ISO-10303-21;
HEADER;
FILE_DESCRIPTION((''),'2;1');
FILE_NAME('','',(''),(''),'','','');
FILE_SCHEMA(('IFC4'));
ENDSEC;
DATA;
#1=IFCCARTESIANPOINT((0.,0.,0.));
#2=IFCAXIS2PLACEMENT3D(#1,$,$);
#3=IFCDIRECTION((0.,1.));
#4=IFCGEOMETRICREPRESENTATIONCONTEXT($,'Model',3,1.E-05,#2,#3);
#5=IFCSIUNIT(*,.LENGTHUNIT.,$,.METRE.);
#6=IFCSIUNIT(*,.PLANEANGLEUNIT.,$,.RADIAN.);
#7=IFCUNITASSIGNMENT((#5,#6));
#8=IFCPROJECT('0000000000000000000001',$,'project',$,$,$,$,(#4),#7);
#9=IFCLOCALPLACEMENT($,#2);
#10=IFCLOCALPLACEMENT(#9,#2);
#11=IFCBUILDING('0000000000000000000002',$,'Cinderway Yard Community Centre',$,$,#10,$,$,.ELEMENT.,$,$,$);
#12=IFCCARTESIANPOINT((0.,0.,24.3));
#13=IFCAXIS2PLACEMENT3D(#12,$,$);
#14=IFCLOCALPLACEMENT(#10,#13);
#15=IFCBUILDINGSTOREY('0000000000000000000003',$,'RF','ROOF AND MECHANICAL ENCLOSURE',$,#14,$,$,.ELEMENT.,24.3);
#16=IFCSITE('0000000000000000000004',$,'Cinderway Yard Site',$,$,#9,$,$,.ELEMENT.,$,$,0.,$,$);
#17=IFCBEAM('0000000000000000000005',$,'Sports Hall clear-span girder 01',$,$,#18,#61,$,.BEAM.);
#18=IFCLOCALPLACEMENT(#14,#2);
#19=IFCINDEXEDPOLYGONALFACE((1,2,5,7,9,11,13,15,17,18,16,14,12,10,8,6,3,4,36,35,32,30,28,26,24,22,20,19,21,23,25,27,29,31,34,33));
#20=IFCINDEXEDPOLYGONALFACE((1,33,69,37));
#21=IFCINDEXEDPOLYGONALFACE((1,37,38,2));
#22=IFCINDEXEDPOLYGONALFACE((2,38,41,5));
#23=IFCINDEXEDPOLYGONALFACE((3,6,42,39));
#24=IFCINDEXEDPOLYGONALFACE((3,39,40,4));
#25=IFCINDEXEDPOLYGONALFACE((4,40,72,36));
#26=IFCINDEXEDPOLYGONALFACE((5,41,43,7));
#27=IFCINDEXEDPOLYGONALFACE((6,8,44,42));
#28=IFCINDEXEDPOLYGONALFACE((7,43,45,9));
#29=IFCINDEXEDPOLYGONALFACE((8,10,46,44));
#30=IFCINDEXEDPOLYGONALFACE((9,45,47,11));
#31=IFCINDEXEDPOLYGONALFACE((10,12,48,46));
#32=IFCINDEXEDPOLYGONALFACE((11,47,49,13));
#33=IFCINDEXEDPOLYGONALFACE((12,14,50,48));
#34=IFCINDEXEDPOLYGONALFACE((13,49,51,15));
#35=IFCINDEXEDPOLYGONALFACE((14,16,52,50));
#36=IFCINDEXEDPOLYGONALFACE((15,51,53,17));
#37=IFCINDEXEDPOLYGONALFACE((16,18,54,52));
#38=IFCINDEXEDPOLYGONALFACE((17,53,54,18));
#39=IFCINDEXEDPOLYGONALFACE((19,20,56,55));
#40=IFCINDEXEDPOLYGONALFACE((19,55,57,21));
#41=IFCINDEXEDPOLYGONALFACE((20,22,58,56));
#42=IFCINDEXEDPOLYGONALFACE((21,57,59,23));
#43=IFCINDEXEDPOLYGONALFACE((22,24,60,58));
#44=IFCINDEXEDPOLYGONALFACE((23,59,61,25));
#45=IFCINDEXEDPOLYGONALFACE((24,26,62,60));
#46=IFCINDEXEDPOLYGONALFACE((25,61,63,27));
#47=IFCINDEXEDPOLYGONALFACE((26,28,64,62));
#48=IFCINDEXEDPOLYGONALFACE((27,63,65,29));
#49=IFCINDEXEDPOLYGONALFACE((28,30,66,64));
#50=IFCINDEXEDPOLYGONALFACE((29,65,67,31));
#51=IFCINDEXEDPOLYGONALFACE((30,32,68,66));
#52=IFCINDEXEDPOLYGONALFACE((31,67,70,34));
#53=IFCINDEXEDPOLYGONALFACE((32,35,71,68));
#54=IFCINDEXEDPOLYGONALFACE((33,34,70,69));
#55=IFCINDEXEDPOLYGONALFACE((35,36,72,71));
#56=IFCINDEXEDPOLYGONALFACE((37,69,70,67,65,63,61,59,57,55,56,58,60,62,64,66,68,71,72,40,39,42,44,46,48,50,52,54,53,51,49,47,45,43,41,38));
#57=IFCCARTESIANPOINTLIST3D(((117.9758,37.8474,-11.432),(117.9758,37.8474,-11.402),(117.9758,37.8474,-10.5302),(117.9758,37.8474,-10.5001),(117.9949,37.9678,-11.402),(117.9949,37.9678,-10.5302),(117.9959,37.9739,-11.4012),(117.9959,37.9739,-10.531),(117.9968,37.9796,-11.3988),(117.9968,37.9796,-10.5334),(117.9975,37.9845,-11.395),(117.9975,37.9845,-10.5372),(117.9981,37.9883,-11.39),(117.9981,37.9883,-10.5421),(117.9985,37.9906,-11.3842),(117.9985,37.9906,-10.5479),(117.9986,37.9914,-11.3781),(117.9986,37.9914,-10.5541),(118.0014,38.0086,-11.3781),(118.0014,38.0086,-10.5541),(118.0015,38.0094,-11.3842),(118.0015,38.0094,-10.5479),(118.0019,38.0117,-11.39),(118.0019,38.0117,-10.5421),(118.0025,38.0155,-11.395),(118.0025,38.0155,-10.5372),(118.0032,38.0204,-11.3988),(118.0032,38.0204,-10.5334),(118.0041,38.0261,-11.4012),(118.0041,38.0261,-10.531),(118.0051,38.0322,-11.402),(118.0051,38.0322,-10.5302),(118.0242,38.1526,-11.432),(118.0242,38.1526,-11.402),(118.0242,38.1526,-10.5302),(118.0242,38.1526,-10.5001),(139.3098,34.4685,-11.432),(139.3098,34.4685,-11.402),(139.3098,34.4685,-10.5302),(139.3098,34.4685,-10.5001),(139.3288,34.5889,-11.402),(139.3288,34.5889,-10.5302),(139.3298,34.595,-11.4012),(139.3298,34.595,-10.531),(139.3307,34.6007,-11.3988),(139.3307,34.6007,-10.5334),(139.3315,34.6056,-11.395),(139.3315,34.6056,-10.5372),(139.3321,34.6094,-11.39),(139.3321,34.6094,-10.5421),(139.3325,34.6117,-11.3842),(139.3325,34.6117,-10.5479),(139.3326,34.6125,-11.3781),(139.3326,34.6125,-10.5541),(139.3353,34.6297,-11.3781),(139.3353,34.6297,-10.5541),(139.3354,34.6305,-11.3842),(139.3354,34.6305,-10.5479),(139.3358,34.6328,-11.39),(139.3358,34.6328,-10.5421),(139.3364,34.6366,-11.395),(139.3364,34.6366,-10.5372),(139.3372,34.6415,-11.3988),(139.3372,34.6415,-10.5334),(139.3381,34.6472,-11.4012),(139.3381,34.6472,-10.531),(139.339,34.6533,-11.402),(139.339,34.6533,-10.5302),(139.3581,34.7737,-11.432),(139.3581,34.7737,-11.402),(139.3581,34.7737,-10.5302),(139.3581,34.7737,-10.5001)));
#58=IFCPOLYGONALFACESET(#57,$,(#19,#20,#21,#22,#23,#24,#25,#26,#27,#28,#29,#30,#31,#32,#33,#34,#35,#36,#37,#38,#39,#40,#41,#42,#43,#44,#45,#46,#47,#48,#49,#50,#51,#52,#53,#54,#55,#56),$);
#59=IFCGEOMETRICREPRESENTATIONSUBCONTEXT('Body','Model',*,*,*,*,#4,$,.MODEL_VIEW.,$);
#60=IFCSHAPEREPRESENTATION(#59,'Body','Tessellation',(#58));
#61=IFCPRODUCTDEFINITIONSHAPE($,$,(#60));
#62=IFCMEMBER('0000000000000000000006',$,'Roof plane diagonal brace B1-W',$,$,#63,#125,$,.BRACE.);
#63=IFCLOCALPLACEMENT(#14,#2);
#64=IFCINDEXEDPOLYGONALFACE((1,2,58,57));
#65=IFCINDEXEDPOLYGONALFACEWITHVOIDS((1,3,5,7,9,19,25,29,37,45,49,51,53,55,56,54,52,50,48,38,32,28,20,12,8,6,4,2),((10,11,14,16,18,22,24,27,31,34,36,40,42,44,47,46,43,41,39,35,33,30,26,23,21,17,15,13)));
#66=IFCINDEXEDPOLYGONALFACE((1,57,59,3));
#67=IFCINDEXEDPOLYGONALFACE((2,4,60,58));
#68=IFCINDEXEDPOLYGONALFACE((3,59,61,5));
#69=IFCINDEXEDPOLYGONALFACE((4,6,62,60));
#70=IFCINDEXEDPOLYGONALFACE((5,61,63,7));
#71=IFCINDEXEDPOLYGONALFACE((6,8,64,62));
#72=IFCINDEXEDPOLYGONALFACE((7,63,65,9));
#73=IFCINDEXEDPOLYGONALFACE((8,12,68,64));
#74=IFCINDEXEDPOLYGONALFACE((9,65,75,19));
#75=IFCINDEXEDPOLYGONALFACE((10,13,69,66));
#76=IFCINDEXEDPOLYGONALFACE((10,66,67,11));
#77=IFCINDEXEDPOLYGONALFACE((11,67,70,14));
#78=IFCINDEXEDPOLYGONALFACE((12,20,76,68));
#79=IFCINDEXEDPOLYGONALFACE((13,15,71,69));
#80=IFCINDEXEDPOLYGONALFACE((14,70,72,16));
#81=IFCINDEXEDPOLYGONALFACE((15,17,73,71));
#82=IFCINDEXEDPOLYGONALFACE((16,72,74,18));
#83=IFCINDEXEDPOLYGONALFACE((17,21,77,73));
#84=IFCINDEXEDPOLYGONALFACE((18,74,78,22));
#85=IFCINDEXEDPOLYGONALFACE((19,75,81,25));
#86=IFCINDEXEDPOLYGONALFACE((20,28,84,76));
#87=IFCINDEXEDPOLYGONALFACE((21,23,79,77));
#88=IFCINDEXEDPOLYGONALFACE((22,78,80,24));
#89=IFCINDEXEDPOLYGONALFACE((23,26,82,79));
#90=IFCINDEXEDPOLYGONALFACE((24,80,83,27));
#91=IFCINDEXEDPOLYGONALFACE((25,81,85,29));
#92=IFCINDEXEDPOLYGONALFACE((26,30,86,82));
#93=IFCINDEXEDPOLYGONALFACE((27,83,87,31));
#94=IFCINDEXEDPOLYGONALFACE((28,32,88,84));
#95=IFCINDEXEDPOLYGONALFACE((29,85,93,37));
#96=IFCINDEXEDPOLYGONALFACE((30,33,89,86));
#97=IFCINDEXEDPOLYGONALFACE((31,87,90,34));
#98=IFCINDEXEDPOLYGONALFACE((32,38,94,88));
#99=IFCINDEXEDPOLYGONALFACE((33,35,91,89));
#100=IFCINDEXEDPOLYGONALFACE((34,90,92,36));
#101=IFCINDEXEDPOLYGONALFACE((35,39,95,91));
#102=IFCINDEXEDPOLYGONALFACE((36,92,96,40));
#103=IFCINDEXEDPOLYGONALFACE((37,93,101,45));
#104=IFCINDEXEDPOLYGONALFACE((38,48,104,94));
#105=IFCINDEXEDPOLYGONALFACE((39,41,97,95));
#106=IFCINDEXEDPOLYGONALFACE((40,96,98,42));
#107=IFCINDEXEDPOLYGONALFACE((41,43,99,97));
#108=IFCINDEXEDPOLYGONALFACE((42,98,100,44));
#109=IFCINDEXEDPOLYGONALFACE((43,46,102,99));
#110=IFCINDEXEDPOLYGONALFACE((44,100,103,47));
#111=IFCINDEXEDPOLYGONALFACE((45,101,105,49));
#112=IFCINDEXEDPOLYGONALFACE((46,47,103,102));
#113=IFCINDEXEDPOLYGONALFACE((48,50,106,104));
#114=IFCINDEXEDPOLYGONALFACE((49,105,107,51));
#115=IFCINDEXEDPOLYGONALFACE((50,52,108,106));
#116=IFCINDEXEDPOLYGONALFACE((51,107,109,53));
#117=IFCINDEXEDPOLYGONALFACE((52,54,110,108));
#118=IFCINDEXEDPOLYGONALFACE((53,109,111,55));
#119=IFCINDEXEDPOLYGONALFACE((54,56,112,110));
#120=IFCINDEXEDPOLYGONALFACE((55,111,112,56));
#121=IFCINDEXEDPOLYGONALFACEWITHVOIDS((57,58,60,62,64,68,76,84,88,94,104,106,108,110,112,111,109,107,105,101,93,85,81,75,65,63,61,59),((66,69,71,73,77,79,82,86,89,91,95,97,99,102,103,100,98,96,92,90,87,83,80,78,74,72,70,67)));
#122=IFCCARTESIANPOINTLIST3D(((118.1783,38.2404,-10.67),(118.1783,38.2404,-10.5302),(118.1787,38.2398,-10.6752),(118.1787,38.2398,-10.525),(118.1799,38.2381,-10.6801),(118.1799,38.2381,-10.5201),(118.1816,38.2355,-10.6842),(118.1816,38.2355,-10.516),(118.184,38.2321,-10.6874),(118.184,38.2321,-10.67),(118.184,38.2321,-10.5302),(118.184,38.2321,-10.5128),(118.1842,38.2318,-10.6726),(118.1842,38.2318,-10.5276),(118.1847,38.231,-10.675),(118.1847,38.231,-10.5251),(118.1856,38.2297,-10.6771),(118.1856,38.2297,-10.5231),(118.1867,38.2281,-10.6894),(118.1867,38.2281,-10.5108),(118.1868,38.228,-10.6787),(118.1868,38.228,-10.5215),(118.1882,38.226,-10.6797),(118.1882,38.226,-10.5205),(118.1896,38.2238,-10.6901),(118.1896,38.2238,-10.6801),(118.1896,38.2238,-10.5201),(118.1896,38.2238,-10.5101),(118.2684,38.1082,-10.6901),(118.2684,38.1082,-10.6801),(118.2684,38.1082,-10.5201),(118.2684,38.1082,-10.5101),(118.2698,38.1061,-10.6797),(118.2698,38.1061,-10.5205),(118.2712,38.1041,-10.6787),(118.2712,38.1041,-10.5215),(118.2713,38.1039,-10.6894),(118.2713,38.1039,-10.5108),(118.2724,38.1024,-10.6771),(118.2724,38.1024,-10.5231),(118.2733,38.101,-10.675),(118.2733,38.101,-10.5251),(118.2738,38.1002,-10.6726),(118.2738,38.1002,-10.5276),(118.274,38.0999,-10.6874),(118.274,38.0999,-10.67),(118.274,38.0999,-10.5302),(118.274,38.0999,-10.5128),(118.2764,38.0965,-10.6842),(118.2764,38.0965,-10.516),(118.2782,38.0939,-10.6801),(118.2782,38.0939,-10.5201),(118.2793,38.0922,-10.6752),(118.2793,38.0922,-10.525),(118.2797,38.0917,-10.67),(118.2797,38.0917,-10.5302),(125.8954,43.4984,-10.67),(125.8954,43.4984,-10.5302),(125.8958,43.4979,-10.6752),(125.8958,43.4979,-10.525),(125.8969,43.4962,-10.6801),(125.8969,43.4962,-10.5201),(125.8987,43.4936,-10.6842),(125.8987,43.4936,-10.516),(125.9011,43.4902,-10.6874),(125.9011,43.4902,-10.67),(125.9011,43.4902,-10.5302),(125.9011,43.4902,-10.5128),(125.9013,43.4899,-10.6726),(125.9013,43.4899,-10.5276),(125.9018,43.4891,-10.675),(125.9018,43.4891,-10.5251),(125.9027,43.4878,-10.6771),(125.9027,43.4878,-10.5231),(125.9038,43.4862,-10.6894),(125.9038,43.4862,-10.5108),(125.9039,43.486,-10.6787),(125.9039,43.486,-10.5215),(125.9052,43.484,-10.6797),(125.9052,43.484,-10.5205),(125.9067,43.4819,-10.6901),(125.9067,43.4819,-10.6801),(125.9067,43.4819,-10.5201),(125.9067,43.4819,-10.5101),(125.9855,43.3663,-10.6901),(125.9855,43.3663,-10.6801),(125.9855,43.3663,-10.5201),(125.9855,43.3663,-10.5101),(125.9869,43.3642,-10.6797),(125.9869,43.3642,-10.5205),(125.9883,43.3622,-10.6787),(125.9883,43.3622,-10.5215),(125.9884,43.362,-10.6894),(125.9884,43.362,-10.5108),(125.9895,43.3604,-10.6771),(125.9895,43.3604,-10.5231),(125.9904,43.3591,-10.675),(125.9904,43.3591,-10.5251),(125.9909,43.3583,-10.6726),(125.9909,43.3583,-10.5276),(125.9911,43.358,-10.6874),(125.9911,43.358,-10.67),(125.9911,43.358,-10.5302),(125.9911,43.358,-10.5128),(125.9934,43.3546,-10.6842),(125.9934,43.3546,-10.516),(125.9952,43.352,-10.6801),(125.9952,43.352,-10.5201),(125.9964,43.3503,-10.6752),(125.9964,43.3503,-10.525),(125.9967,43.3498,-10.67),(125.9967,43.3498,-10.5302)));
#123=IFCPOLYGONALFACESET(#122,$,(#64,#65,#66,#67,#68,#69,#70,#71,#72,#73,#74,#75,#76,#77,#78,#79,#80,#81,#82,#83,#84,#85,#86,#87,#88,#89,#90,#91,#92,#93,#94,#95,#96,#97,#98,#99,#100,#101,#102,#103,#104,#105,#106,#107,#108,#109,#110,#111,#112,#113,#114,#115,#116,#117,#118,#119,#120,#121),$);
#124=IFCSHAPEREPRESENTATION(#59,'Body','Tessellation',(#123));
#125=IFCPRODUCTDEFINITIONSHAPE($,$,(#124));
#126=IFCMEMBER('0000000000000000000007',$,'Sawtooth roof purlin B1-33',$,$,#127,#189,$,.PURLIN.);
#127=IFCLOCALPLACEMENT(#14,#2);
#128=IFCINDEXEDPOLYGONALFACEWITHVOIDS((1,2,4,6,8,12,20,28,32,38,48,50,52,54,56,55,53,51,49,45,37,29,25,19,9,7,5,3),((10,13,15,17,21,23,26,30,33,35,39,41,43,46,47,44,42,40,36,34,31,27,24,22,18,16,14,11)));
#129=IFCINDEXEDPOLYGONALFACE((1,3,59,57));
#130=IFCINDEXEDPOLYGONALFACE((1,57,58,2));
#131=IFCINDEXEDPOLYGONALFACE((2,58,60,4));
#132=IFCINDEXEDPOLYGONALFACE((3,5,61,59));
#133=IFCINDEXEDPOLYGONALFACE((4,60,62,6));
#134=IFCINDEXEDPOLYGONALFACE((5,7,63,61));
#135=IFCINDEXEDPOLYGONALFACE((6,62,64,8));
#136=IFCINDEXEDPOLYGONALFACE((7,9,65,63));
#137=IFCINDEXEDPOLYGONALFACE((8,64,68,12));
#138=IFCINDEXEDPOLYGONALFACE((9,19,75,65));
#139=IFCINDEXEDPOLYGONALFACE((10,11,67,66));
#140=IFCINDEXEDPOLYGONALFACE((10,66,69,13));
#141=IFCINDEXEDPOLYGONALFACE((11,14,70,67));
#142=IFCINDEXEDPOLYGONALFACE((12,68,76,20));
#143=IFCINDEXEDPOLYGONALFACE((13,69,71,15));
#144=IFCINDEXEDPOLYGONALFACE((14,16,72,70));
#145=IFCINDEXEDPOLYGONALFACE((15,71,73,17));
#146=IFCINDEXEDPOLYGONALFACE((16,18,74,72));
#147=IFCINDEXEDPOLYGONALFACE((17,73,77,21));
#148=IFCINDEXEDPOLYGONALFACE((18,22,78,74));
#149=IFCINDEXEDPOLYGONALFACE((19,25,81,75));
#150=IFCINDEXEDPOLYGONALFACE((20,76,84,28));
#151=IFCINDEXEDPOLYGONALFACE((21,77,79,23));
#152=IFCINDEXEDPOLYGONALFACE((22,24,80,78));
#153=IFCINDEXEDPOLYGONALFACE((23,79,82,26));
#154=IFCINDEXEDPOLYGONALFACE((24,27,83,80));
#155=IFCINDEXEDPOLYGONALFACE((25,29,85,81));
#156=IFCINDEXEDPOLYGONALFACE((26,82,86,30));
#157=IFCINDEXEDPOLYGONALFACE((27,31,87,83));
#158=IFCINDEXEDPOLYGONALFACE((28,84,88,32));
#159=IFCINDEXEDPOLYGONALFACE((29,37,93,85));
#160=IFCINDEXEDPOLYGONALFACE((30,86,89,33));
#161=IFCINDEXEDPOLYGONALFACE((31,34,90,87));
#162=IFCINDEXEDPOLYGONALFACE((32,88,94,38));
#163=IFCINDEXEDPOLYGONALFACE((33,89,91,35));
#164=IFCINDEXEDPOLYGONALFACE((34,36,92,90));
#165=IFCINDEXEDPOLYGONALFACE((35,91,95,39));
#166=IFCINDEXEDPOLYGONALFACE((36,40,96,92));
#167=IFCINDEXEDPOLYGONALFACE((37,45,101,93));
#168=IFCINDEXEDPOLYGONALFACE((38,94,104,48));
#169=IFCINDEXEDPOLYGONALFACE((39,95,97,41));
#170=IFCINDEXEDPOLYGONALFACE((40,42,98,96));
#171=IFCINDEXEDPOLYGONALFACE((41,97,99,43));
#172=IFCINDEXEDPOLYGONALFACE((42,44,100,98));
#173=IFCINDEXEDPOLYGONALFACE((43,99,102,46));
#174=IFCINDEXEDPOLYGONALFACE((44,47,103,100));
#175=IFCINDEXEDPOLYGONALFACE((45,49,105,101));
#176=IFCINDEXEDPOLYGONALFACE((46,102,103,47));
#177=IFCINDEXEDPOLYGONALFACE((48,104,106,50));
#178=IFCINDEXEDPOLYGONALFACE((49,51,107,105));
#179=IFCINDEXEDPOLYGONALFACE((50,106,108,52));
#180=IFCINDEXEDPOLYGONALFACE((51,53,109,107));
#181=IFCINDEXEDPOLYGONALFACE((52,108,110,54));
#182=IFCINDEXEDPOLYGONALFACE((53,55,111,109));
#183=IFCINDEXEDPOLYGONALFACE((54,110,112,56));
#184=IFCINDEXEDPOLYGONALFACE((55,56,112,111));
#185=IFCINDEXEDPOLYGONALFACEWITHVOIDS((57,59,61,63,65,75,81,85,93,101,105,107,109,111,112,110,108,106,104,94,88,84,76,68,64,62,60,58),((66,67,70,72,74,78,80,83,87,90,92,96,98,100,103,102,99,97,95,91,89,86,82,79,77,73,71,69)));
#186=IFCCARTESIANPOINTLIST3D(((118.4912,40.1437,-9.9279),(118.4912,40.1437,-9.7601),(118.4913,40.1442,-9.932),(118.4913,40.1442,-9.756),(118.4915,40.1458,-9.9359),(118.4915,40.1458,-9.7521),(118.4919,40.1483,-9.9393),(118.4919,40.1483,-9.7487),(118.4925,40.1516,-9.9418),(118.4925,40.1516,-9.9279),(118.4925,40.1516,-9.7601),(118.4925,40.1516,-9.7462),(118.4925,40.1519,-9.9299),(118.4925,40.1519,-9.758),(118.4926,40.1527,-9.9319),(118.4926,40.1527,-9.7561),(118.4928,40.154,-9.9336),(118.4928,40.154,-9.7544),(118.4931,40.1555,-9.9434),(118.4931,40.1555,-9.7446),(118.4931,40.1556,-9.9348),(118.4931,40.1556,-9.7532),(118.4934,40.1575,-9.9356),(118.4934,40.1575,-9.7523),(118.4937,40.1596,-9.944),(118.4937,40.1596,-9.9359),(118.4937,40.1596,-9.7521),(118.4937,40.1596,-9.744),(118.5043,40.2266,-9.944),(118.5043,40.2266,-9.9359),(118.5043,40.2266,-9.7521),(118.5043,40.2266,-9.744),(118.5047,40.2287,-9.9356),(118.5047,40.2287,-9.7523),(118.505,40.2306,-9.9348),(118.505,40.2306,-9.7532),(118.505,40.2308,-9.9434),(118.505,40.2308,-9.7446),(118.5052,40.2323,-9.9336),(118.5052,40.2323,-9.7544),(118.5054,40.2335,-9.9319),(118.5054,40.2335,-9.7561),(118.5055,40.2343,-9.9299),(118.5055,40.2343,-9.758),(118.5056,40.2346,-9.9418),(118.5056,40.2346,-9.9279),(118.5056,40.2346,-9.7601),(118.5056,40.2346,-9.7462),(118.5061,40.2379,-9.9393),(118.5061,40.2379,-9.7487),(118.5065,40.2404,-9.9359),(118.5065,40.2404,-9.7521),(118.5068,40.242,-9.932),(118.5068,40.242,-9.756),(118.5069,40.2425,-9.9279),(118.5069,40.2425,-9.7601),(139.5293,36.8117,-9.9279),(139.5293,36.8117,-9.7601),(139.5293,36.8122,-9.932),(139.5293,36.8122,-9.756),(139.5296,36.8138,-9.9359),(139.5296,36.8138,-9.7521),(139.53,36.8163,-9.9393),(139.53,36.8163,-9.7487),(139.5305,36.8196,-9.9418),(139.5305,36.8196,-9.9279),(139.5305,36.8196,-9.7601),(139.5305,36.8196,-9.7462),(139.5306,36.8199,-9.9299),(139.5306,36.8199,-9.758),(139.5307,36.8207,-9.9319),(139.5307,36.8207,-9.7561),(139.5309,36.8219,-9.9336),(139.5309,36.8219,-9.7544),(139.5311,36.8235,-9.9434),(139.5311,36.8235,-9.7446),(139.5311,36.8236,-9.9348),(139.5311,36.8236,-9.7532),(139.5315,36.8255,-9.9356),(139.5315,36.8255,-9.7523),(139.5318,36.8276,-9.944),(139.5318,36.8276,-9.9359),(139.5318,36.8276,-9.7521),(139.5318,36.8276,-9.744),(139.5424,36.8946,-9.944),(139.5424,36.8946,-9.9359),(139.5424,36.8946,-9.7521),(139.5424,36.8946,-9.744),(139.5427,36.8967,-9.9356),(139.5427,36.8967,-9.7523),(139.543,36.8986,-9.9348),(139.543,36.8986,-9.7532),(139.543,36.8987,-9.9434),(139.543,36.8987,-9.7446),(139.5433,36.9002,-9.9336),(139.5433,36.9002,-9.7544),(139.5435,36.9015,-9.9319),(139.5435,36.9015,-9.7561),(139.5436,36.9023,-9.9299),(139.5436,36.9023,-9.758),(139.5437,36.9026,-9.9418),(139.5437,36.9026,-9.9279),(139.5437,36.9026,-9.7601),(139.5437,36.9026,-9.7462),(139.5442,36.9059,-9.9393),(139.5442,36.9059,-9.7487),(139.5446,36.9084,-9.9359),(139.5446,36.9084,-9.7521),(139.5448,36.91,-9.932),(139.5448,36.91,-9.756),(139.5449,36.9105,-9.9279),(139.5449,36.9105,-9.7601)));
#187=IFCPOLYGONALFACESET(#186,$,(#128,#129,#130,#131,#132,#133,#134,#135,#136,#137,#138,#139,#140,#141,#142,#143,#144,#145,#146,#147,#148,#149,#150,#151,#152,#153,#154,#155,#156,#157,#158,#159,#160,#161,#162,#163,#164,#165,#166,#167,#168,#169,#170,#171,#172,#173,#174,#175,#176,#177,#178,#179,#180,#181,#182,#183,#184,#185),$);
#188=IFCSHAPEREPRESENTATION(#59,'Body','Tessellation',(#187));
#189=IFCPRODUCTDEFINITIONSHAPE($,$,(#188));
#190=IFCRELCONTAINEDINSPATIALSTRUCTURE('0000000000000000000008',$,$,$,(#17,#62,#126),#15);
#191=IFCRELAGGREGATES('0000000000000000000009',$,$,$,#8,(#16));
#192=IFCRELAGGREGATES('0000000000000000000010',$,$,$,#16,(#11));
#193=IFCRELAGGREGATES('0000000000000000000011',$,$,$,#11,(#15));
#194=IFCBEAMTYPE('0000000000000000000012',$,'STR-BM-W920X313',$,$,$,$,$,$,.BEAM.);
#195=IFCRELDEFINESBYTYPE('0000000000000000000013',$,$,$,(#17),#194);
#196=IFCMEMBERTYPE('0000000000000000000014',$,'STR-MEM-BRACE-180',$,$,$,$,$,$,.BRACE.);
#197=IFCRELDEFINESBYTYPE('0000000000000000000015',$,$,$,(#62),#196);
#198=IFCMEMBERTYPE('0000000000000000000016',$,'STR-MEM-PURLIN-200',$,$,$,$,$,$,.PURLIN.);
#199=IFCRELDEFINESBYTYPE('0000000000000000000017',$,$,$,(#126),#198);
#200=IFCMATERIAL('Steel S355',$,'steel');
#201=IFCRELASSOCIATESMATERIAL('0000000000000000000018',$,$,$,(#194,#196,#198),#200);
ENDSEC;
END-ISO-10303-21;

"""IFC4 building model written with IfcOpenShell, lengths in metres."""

from ifc_helpers import new_model, si_unit, direction, frame, origin, origin_2d, place, context, subcontext, project, spatial, hollow_rectangle, i_section, extrude, material, material_profile, profile_set, type_object, element, save


model = new_model("IFC4")

# Units and contexts
model_context = context("Model", 3, precision=1e-05, world=origin(), true_north=direction((0.0, 1.0)))
body_context = subcontext(model_context, "Body", "Model", "MODEL_VIEW")
ifc_project = project(units=[si_unit("LENGTHUNIT", "METRE"), si_unit("PLANEANGLEUNIT", "RADIAN")], contexts=[model_context])

# Site, building, storey
site_placement = place(None, origin())
site = spatial("IfcSite", under=ifc_project, at=site_placement, Name="Cinderway Yard Site", CompositionType="ELEMENT", RefElevation=0.0)
building_placement = place(site_placement, origin())
building = spatial("IfcBuilding", under=site, at=building_placement, Name="Cinderway Yard Community Centre", CompositionType="ELEMENT")
storey_placement = place(building_placement, frame((0.0, 0.0, 24.3)))
storey = spatial("IfcBuildingStorey", under=building, at=storey_placement, Name="RF", Description="ROOF AND MECHANICAL ENCLOSURE", CompositionType="ELEMENT", Elevation=24.3)

# Shared definitions
ifc_material_1 = material(Name="Steel S355", Category="steel")

# Beam
ifc_material_profile_1 = material_profile(ifc_material_1, i_section(OverallWidth=0.3091, OverallDepth=0.9319, WebThickness=0.0173, FlangeThickness=0.03, FilletRadius=0.0239, at=origin_2d()), Name="Steel S355")
ifc_profile_set_1 = profile_set([ifc_material_profile_1], Name="Steel S355")
beam_type_1 = type_object("IfcBeamType", Name="STR-BM-W920X313", PredefinedType="BEAM", material=ifc_profile_set_1)
beam_1_placement = place(storey_placement, frame((118.0, 38.0, -10.9661), z_axis=(0.987689, -0.156432, 0.0), x_axis=(0.156432, 0.987689, 0.0)))
element("IfcBeam", 1, at=beam_1_placement, inside=storey, type_object=beam_type_1, Name="Sports Hall clear-span girder 01", PredefinedType="BEAM", context=body_context, shape_type="SweptSolid", body=[
    extrude(i_section(OverallWidth=0.3091, OverallDepth=0.9319, WebThickness=0.0173, FlangeThickness=0.03, FilletRadius=0.0239, at=origin_2d()), origin(), (0.0, 0.0, 1.0), 21.5999),
])

# Members
ifc_material_profile_2 = material_profile(ifc_material_1, hollow_rectangle(XDim=0.1799, YDim=0.1799, WallThickness=0.01, InnerFilletRadius=0.01, OuterFilletRadius=0.02, at=origin_2d()), Name="Steel S355")
ifc_profile_set_2 = profile_set([ifc_material_profile_2], Name="Steel S355")
member_type_1 = type_object("IfcMemberType", Name="STR-MEM-BRACE-180", PredefinedType="BRACE", material=ifc_profile_set_2)
member_1_placement = place(storey_placement, frame((118.229, 38.166, -10.6001), z_axis=(0.826405, 0.563076, 0.0), x_axis=(-0.563076, 0.826405, 0.0)))
element("IfcMember", 2, at=member_1_placement, inside=storey, type_object=member_type_1, Name="Roof plane diagonal brace B1-W", PredefinedType="BRACE", context=body_context, shape_type="SweptSolid", body=[
    extrude(hollow_rectangle(XDim=0.1799, YDim=0.1799, WallThickness=0.01, InnerFilletRadius=0.01, OuterFilletRadius=0.02, at=origin_2d()), origin(), (0.0, 0.0, 1.0), 9.3381),
])
ifc_material_profile_3 = material_profile(ifc_material_1, hollow_rectangle(XDim=0.1001, YDim=0.2, WallThickness=0.0081, InnerFilletRadius=0.0081, OuterFilletRadius=0.0161, at=origin_2d()), Name="Steel S355")
ifc_profile_set_3 = profile_set([ifc_material_profile_3], Name="Steel S355")
member_type_2 = type_object("IfcMemberType", Name="STR-MEM-PURLIN-200", PredefinedType="PURLIN", material=ifc_profile_set_3)
member_2_placement = place(storey_placement, frame((118.499, 40.1931, -9.844), z_axis=(0.987689, -0.156431, 0.0), x_axis=(0.156431, 0.987689, 0.0)))
element("IfcMember", 3, at=member_2_placement, inside=storey, type_object=member_type_2, Name="Sawtooth roof purlin B1-33", PredefinedType="PURLIN", context=body_context, shape_type="SweptSolid", body=[
    extrude(hollow_rectangle(XDim=0.1001, YDim=0.2, WallThickness=0.0081, InnerFilletRadius=0.0081, OuterFilletRadius=0.0161, at=origin_2d()), origin(), (0.0, 0.0, 1.0), 21.3003),
])

save(model, "model.ifc")
